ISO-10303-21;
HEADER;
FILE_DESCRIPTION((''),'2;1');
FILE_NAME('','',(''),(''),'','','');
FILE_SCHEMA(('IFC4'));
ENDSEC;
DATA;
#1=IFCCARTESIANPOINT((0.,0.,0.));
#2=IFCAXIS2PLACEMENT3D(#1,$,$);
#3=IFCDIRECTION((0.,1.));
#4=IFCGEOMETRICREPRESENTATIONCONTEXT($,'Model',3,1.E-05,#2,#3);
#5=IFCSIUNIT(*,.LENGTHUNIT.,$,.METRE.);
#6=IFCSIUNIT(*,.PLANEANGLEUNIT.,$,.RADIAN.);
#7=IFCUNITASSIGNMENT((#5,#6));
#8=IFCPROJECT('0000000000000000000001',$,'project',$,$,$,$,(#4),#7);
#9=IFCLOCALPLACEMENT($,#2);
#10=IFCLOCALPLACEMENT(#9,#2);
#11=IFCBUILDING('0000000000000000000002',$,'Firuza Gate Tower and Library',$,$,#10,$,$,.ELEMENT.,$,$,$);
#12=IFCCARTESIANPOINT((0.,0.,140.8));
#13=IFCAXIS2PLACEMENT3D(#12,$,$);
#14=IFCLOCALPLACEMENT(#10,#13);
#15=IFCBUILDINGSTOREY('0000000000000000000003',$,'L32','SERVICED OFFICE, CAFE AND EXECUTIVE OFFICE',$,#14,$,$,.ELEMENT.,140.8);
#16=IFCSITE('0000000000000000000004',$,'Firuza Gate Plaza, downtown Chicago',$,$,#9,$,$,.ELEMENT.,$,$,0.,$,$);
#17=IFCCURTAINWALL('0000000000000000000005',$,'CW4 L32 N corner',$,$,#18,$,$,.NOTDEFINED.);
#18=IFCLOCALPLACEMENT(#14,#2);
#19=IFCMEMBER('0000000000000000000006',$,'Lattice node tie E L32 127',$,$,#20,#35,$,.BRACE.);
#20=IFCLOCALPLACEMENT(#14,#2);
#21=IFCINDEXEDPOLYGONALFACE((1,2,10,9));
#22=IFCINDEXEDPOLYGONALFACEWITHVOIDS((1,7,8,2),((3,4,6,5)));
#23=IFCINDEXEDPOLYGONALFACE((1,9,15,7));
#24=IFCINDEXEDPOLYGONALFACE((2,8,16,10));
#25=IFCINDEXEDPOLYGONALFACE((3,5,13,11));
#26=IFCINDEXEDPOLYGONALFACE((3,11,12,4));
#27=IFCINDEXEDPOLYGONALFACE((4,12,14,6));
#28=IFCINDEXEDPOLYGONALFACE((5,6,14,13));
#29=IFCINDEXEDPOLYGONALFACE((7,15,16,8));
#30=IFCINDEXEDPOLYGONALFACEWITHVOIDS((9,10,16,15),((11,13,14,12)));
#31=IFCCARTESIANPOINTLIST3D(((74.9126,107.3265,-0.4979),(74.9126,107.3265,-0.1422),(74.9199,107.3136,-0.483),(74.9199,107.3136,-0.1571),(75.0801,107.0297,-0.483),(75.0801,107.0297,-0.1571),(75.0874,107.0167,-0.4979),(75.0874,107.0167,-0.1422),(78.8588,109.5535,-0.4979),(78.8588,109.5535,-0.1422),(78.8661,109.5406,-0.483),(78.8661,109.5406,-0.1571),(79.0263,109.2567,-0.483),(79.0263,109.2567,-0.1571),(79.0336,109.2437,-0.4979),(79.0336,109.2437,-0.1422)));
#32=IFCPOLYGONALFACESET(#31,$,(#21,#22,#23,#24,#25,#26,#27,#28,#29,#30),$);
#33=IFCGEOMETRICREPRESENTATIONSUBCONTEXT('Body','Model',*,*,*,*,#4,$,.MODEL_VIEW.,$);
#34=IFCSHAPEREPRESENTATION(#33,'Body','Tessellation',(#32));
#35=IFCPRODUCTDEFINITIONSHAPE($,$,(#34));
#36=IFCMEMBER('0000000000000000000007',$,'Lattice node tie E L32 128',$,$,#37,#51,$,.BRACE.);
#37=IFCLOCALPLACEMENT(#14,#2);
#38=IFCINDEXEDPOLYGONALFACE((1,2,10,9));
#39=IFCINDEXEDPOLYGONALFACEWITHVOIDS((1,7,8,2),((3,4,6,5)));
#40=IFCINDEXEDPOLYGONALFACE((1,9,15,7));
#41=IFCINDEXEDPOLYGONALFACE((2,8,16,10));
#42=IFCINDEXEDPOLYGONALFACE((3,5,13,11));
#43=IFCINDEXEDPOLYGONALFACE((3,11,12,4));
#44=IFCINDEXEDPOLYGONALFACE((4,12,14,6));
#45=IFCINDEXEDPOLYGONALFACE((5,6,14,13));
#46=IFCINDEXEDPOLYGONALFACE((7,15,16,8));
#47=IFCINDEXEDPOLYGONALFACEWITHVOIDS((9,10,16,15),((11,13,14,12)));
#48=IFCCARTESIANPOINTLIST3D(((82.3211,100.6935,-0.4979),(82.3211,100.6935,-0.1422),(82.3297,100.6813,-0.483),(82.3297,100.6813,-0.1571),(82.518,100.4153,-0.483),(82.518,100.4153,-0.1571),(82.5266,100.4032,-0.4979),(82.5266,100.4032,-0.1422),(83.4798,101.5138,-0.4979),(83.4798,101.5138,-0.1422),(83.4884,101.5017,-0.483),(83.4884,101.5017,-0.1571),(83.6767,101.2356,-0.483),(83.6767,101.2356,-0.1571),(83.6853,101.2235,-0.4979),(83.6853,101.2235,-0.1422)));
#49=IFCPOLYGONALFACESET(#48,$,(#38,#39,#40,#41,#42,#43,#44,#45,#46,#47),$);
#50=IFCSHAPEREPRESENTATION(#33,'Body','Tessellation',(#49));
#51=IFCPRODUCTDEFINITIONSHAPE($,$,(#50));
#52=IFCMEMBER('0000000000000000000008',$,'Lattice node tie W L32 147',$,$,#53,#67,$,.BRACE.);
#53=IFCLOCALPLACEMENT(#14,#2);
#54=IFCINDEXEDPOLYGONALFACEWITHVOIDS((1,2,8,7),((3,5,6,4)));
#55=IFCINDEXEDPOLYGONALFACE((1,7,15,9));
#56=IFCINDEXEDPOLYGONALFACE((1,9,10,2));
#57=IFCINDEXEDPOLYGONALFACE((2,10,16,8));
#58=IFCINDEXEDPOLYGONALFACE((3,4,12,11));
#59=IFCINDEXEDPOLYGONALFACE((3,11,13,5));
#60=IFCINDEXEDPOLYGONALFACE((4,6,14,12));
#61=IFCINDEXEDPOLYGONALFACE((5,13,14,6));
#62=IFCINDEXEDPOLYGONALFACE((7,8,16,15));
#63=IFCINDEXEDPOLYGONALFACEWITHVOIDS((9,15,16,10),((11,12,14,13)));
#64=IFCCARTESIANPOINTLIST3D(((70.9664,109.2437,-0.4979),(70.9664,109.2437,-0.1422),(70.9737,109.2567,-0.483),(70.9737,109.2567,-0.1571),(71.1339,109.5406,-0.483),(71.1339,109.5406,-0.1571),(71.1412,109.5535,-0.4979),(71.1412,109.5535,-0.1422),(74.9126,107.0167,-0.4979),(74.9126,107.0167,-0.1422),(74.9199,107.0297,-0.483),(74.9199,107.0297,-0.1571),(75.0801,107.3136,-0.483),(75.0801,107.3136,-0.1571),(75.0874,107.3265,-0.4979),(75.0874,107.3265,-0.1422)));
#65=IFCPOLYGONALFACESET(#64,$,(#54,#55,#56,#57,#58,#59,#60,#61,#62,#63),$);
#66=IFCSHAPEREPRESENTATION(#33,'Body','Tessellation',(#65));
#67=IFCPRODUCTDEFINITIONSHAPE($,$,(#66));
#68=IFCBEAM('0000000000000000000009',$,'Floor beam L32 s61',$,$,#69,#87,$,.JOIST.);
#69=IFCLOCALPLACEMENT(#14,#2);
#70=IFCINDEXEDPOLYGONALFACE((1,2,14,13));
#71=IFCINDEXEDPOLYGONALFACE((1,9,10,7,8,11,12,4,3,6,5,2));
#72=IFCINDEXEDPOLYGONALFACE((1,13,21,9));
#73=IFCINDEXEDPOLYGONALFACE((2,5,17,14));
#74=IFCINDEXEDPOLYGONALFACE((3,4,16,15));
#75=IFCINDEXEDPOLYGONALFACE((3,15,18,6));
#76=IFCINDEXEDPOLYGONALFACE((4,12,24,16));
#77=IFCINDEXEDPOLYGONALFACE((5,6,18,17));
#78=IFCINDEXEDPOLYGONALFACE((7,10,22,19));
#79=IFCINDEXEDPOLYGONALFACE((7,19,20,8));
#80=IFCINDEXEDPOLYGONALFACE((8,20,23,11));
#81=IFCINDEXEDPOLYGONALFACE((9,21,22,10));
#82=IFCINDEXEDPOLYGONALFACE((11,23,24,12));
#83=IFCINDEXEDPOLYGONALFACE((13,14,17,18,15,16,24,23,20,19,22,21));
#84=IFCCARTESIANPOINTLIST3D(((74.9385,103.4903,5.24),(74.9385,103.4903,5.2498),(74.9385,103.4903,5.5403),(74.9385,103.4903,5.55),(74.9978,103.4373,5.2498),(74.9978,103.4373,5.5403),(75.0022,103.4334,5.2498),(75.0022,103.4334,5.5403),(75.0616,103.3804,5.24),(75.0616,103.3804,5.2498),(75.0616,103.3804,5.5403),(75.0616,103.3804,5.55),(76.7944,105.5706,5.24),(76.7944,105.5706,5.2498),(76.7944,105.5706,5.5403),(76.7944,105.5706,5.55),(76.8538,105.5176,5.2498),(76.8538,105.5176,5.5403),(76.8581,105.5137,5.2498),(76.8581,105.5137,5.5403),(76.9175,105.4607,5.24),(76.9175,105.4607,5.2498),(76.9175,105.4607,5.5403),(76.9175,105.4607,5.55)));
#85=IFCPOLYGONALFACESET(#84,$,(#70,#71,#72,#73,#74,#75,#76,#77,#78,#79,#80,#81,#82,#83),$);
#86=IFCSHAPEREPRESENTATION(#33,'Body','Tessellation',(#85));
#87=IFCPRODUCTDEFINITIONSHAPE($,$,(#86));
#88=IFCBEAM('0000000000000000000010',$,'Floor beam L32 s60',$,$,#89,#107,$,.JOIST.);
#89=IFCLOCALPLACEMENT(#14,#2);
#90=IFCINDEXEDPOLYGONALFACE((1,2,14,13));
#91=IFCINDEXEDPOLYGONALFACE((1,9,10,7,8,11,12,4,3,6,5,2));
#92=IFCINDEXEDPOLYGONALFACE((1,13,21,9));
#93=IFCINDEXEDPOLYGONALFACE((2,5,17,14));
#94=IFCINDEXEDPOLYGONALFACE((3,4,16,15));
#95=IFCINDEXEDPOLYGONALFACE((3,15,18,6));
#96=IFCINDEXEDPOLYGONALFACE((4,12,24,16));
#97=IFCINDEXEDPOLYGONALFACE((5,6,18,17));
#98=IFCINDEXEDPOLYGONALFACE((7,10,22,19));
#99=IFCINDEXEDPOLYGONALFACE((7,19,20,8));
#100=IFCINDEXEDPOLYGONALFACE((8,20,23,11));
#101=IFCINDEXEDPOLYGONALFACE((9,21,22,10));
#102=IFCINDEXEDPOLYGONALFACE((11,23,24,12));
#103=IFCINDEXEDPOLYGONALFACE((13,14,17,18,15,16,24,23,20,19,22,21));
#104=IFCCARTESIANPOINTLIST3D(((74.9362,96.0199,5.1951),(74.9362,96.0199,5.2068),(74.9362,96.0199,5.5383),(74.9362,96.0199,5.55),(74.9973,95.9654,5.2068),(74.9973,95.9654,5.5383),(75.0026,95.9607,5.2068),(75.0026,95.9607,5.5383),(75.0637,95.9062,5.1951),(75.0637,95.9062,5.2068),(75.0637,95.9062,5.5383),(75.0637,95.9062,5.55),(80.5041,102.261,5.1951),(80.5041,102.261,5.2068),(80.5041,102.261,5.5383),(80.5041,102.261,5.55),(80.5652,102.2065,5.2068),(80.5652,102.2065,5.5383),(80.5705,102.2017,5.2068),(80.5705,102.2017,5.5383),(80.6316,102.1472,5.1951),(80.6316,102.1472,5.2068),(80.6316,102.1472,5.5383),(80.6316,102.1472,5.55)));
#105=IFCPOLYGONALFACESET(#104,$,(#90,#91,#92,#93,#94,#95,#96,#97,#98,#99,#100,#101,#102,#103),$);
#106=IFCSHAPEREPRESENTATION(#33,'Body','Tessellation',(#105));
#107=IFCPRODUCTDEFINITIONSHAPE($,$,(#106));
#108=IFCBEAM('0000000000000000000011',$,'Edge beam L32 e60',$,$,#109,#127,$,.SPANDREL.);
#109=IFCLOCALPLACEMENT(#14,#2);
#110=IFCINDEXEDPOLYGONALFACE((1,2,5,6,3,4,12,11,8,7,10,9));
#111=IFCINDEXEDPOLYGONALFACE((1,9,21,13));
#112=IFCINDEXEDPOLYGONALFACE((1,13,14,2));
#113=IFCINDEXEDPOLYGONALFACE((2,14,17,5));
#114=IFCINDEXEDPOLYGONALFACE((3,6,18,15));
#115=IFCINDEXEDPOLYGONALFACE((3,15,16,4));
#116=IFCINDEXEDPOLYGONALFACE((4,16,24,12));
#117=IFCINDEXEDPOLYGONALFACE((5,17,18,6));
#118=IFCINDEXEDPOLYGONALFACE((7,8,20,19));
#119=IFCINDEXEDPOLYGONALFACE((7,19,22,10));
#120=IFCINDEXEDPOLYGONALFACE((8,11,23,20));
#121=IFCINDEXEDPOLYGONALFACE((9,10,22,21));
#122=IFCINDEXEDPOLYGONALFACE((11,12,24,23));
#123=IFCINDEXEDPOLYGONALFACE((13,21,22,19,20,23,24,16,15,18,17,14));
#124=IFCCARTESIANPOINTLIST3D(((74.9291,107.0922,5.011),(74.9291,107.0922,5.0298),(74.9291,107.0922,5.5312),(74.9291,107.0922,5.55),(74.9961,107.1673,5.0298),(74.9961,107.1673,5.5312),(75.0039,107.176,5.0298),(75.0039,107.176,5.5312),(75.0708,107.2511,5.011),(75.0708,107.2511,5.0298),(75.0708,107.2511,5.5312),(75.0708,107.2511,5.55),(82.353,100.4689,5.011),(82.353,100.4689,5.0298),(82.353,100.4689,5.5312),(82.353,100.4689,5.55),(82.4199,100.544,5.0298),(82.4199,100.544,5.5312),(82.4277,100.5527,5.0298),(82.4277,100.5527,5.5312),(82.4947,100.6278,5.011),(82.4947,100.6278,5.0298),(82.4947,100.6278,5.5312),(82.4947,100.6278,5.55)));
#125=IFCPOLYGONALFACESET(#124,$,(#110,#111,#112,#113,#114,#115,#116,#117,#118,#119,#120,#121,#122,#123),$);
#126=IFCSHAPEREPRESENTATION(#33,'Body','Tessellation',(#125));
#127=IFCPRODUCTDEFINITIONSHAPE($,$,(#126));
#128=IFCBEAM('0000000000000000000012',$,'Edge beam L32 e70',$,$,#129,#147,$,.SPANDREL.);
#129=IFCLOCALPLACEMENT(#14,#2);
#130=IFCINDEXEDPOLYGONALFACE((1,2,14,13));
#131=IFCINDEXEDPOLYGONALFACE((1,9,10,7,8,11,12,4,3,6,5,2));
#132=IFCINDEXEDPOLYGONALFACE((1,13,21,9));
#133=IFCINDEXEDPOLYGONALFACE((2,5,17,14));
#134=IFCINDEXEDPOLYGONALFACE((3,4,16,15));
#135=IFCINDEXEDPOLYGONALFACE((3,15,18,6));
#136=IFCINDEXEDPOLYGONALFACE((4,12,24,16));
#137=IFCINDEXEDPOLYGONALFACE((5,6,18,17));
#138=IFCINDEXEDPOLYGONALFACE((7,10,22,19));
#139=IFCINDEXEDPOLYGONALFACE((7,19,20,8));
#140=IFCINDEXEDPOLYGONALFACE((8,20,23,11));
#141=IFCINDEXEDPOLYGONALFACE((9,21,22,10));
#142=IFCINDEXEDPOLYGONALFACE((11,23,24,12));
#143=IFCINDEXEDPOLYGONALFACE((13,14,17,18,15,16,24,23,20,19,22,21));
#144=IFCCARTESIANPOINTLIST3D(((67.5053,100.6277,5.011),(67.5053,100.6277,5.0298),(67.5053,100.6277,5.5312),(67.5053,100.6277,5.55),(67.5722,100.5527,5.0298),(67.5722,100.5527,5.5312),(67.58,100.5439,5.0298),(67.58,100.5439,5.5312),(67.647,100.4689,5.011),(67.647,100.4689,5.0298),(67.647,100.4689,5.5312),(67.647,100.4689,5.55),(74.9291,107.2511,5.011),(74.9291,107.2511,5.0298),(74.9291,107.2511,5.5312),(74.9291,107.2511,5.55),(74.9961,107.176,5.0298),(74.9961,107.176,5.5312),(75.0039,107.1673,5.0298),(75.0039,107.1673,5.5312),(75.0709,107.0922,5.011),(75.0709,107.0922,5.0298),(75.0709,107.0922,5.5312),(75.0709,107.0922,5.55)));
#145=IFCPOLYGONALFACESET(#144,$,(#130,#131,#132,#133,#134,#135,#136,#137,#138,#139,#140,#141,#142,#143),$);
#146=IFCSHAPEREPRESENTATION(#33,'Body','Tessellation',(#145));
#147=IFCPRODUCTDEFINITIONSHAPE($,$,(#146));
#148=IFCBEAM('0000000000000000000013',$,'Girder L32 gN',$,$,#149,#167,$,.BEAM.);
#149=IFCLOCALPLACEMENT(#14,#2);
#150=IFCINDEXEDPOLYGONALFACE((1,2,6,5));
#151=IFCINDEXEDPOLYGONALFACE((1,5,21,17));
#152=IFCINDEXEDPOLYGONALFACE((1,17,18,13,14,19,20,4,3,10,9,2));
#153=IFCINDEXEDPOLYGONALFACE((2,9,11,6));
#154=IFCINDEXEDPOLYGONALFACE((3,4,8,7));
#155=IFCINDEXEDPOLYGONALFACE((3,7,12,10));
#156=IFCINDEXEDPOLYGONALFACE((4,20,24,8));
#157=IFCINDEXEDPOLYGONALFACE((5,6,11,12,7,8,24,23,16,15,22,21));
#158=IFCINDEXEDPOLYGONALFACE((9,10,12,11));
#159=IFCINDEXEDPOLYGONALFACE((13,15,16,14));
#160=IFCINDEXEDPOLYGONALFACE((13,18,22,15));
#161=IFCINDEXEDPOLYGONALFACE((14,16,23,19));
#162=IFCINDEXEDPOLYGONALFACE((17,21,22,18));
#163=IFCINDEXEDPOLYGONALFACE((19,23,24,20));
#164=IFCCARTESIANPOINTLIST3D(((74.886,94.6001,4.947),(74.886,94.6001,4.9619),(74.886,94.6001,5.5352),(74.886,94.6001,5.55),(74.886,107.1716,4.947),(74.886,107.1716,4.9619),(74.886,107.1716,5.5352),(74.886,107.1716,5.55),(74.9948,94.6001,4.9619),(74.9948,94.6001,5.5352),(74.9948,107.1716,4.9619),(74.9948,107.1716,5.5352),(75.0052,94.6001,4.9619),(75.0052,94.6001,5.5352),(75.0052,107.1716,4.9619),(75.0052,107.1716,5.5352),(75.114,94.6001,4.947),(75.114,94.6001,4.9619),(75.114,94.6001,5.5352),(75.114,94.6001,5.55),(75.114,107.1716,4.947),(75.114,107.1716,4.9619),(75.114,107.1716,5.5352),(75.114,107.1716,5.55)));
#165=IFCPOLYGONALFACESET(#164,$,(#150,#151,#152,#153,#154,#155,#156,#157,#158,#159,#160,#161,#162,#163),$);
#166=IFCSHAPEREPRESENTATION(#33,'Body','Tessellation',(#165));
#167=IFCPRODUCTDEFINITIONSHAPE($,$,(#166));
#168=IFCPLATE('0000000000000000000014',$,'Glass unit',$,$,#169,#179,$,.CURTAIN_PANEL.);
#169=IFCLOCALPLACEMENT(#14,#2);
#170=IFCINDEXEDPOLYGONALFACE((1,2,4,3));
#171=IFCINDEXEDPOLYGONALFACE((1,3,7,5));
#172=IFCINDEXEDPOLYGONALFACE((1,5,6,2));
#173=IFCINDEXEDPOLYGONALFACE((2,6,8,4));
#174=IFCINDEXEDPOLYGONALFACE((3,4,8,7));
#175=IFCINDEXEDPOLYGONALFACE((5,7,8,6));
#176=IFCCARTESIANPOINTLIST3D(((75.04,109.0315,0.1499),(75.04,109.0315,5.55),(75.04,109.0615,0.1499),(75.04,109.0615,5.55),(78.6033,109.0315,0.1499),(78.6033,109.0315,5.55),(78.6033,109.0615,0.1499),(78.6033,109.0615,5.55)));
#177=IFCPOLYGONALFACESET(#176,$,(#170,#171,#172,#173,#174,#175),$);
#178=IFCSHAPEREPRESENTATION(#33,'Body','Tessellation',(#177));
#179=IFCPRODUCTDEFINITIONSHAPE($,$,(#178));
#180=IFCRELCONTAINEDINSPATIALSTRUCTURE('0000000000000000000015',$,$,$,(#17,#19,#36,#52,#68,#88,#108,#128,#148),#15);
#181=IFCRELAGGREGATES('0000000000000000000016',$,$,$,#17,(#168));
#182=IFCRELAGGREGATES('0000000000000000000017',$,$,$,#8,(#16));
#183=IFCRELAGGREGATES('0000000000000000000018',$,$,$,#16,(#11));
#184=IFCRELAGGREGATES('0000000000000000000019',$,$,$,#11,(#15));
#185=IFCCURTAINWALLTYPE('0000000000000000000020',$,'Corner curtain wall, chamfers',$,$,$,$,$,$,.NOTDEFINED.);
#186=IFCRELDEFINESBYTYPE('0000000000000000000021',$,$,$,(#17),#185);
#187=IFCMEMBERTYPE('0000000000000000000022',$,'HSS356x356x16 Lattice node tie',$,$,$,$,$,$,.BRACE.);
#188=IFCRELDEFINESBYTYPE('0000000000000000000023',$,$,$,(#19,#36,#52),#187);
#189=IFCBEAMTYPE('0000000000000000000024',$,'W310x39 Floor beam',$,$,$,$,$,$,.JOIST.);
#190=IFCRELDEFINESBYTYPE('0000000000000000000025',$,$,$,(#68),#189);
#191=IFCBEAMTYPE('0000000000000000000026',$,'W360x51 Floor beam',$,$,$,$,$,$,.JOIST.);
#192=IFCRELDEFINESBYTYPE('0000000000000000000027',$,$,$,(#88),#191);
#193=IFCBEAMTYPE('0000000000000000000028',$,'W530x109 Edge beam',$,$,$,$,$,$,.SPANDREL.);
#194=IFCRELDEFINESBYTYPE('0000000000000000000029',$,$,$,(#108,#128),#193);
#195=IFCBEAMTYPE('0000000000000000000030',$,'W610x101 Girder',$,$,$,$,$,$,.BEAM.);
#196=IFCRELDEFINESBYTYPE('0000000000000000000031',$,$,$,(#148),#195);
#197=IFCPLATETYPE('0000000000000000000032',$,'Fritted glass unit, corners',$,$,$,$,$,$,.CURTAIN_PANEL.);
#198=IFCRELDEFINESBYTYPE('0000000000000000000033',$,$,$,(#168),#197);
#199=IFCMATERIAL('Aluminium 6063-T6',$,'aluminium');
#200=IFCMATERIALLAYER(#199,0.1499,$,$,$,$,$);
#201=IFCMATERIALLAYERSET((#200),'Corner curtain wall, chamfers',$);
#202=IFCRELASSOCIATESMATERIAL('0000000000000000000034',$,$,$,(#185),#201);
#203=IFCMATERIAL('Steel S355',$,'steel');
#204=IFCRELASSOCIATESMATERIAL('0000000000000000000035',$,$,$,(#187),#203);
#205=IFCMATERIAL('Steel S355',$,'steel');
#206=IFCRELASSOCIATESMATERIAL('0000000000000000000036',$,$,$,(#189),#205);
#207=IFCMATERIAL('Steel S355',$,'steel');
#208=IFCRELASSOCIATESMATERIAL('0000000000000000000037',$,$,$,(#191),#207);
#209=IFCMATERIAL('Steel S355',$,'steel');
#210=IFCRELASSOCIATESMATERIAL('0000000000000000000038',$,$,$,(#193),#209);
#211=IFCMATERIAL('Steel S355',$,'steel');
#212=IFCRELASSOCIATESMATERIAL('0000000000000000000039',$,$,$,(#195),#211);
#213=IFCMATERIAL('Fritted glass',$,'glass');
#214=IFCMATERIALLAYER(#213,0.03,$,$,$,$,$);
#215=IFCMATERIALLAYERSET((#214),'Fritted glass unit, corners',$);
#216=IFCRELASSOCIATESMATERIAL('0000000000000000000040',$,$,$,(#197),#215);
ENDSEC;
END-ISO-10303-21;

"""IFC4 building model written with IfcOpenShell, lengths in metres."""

from ifc_helpers import new_model, si_unit, direction, frame, origin, origin_2d, place, context, subcontext, project, spatial, polyline, hollow_rectangle, i_section, outline, extrude, material, layer, layer_set, material_profile, profile_set, type_object, element, aggregate, save


model = new_model("IFC4")

# Units and contexts
model_context = context("Model", 3, precision=1e-05, world=origin(), true_north=direction((0.0, 1.0)))
body_context = subcontext(model_context, "Body", "Model", "MODEL_VIEW")
ifc_project = project(units=[si_unit("LENGTHUNIT", "METRE"), si_unit("PLANEANGLEUNIT", "RADIAN")], contexts=[model_context])

# Site, building, storey
site_placement = place(None, origin())
site = spatial("IfcSite", under=ifc_project, at=site_placement, Name="Firuza Gate Plaza, downtown Chicago", CompositionType="ELEMENT", RefElevation=0.0)
building_placement = place(site_placement, origin())
building = spatial("IfcBuilding", under=site, at=building_placement, Name="Firuza Gate Tower and Library", CompositionType="ELEMENT")
storey_placement = place(building_placement, frame((0.0, 0.0, 140.8)))
storey = spatial("IfcBuildingStorey", under=building, at=storey_placement, Name="L32", Description="SERVICED OFFICE, CAFE AND EXECUTIVE OFFICE", CompositionType="ELEMENT", Elevation=140.8)

# Curtain wall
placement = place(storey_placement, origin())
ifc_material_1 = material(Name="Aluminium 6063-T6", Category="aluminium")
ifc_layer_1 = layer(ifc_material_1, 0.1499)
ifc_layer_set_1 = layer_set([ifc_layer_1], Name="Corner curtain wall, chamfers")
curtain_wall_type_1 = type_object("IfcCurtainWallType", Name="Corner curtain wall, chamfers", PredefinedType="NOTDEFINED", material=ifc_layer_set_1)
curtain_wall_1 = element("IfcCurtainWall", 1, at=placement, inside=storey, type_object=curtain_wall_type_1, Name="CW4 L32 N corner", PredefinedType="NOTDEFINED")

# Members
ifc_material_2 = material(Name="Steel S355", Category="steel")
ifc_material_profile_1 = material_profile(ifc_material_2, hollow_rectangle(XDim=0.3557, YDim=0.3557, WallThickness=0.0149, at=origin_2d()))
ifc_profile_set_1 = profile_set([ifc_material_profile_1], Name="Steel S355")
member_type_1 = type_object("IfcMemberType", Name="HSS356x356x16 Lattice node tie", PredefinedType="BRACE", material=ifc_profile_set_1)
member_1_placement = place(storey_placement, frame((75.0, 107.1716, -0.3201), z_axis=(0.87089, 0.491478, 0.0), x_axis=(-0.491478, 0.87089, 0.0)))
element("IfcMember", 2, at=member_1_placement, inside=storey, type_object=member_type_1, Name="Lattice node tie E L32 127", PredefinedType="BRACE", context=body_context, shape_type="SweptSolid", body=[
    extrude(hollow_rectangle(XDim=0.3557, YDim=0.3557, WallThickness=0.0149, at=origin_2d()), origin(), (0.0, 0.0, 1.0), 4.5312),
])
member_2_placement = place(storey_placement, frame((82.4238, 100.5483, -0.3201), z_axis=(0.816166, 0.577817, 0.0), x_axis=(-0.577817, 0.816166, 0.0)))
element("IfcMember", 3, at=member_2_placement, inside=storey, type_object=member_type_1, Name="Lattice node tie E L32 128", PredefinedType="BRACE", context=body_context, shape_type="SweptSolid", body=[
    extrude(hollow_rectangle(XDim=0.3557, YDim=0.3557, WallThickness=0.0149, at=origin_2d()), origin(), (0.0, 0.0, 1.0), 1.4197),
])
member_3_placement = place(storey_placement, frame((75.0, 107.1716, -0.3201), z_axis=(-0.87089, 0.491478, 0.0), x_axis=(-0.491478, -0.87089, 0.0)))
element("IfcMember", 4, at=member_3_placement, inside=storey, type_object=member_type_1, Name="Lattice node tie W L32 147", PredefinedType="BRACE", context=body_context, shape_type="SweptSolid", body=[
    extrude(hollow_rectangle(XDim=0.3557, YDim=0.3557, WallThickness=0.0149, at=origin_2d()), origin(), (0.0, 0.0, 1.0), 4.5312),
])

# Beams
ifc_material_3 = material(Name="Steel S355", Category="steel")
ifc_material_profile_2 = material_profile(ifc_material_3, i_section(OverallWidth=0.165, OverallDepth=0.3101, WebThickness=0.0059, FlangeThickness=0.0098, at=origin_2d()))
ifc_profile_set_2 = profile_set([ifc_material_profile_2], Name="Steel S355")
beam_type_1 = type_object("IfcBeamType", Name="W310x39 Floor beam", PredefinedType="JOIST", material=ifc_profile_set_2)
beam_1_placement = place(storey_placement, frame((76.856, 105.5156, 5.395), z_axis=(-0.665722, -0.7462, 0.0), x_axis=(0.7462, -0.665722, 0.0)))
element("IfcBeam", 5, at=beam_1_placement, inside=storey, type_object=beam_type_1, Name="Floor beam L32 s61", PredefinedType="JOIST", context=body_context, shape_type="SweptSolid", body=[
    extrude(i_section(OverallWidth=0.165, OverallDepth=0.3101, WebThickness=0.0059, FlangeThickness=0.0098, at=origin_2d()), origin(), (0.0, 0.0, 1.0), 2.7878),
])
ifc_material_4 = material(Name="Steel S355", Category="steel")
ifc_material_profile_3 = material_profile(ifc_material_4, i_section(OverallWidth=0.1709, OverallDepth=0.355, WebThickness=0.0071, FlangeThickness=0.0117, at=origin_2d()))
ifc_profile_set_3 = profile_set([ifc_material_profile_3], Name="Steel S355")
beam_type_2 = type_object("IfcBeamType", Name="W360x51 Floor beam", PredefinedType="JOIST", material=ifc_profile_set_3)
beam_2_placement = place(storey_placement, frame((80.5679, 102.2041, 5.3726), z_axis=(-0.665722, -0.7462, 0.0), x_axis=(0.7462, -0.665722, 0.0)))
element("IfcBeam", 6, at=beam_2_placement, inside=storey, type_object=beam_type_2, Name="Floor beam L32 s60", PredefinedType="JOIST", context=body_context, shape_type="SweptSolid", body=[
    extrude(i_section(OverallWidth=0.1709, OverallDepth=0.355, WebThickness=0.0071, FlangeThickness=0.0117, at=origin_2d()), origin(), (0.0, 0.0, 1.0), 8.3638),
])
ifc_material_5 = material(Name="Steel S355", Category="steel")
ifc_material_profile_4 = material_profile(ifc_material_5, i_section(OverallWidth=0.2129, OverallDepth=0.5391, WebThickness=0.0117, FlangeThickness=0.0188, at=origin_2d()))
ifc_profile_set_4 = profile_set([ifc_material_profile_4], Name="Steel S355")
beam_type_3 = type_object("IfcBeamType", Name="W530x109 Edge beam", PredefinedType="SPANDREL", material=ifc_profile_set_4)
for number, where, z_axis, x_axis, name in (
    (7, (82.4238, 100.5483, 5.2805), (-0.746194, 0.665729, 0.0), (-0.665729, -0.746194, 0.0), "Edge beam L32 e60"),
    (8, (75.0, 107.1716, 5.2805), (-0.746194, -0.665729, 0.0), (0.665729, -0.746194, 0.0), "Edge beam L32 e70"),
):
    element("IfcBeam", number, at=place(storey_placement, frame(where, z_axis=z_axis, x_axis=x_axis)), inside=storey, type_object=beam_type_3, Name=name, PredefinedType="SPANDREL", context=body_context, shape_type="SweptSolid", body=[
        extrude(i_section(OverallWidth=0.2129, OverallDepth=0.5391, WebThickness=0.0117, FlangeThickness=0.0188, at=origin_2d()), origin(), (0.0, 0.0, 1.0), 9.949),
    ])
ifc_material_6 = material(Name="Steel S355", Category="steel")
ifc_material_profile_5 = material_profile(ifc_material_6, i_section(OverallWidth=0.228, OverallDepth=0.603, WebThickness=0.0105, FlangeThickness=0.0149, at=origin_2d()))
ifc_profile_set_5 = profile_set([ifc_material_profile_5], Name="Steel S355")
beam_type_4 = type_object("IfcBeamType", Name="W610x101 Girder", PredefinedType="BEAM", material=ifc_profile_set_5)
beam_3_placement = place(storey_placement, frame((75.0, 107.1716, 5.2485), z_axis=(0.0, -1.0, 0.0), x_axis=(1.0, 0.0, 0.0)))
element("IfcBeam", 9, at=beam_3_placement, inside=storey, type_object=beam_type_4, Name="Girder L32 gN", PredefinedType="BEAM", context=body_context, shape_type="SweptSolid", body=[
    extrude(i_section(OverallWidth=0.228, OverallDepth=0.603, WebThickness=0.0105, FlangeThickness=0.0149, at=origin_2d()), origin(), (0.0, 0.0, 1.0), 12.5715),
])

# Plate
ifc_material_7 = material(Name="Fritted glass", Category="glass")
ifc_layer_2 = layer(ifc_material_7, 0.03)
ifc_layer_set_2 = layer_set([ifc_layer_2], Name="Fritted glass unit, corners")
plate_type_1 = type_object("IfcPlateType", Name="Fritted glass unit, corners", PredefinedType="CURTAIN_PANEL", material=ifc_layer_set_2)
plate_1_placement = place(storey_placement, frame((78.6033, 109.0615, 0.1499), z_axis=(0.0, 1.0, 0.0), x_axis=(-1.0, 0.0, 0.0)))
plate_1 = element("IfcPlate", 10, at=plate_1_placement, type_object=plate_type_1, Name="Glass unit", PredefinedType="CURTAIN_PANEL", context=body_context, shape_type="SweptSolid", body=[
    extrude(outline(polyline([(0.0, 0.0), (3.5632, 0.0), (3.5632, 5.4001), (0.0, 5.4001), (0.0, 0.0)])), origin(), (0.0, 0.0, -1.0), 0.03),
])
aggregate(curtain_wall_1, [plate_1])

save(model, "model.ifc")
